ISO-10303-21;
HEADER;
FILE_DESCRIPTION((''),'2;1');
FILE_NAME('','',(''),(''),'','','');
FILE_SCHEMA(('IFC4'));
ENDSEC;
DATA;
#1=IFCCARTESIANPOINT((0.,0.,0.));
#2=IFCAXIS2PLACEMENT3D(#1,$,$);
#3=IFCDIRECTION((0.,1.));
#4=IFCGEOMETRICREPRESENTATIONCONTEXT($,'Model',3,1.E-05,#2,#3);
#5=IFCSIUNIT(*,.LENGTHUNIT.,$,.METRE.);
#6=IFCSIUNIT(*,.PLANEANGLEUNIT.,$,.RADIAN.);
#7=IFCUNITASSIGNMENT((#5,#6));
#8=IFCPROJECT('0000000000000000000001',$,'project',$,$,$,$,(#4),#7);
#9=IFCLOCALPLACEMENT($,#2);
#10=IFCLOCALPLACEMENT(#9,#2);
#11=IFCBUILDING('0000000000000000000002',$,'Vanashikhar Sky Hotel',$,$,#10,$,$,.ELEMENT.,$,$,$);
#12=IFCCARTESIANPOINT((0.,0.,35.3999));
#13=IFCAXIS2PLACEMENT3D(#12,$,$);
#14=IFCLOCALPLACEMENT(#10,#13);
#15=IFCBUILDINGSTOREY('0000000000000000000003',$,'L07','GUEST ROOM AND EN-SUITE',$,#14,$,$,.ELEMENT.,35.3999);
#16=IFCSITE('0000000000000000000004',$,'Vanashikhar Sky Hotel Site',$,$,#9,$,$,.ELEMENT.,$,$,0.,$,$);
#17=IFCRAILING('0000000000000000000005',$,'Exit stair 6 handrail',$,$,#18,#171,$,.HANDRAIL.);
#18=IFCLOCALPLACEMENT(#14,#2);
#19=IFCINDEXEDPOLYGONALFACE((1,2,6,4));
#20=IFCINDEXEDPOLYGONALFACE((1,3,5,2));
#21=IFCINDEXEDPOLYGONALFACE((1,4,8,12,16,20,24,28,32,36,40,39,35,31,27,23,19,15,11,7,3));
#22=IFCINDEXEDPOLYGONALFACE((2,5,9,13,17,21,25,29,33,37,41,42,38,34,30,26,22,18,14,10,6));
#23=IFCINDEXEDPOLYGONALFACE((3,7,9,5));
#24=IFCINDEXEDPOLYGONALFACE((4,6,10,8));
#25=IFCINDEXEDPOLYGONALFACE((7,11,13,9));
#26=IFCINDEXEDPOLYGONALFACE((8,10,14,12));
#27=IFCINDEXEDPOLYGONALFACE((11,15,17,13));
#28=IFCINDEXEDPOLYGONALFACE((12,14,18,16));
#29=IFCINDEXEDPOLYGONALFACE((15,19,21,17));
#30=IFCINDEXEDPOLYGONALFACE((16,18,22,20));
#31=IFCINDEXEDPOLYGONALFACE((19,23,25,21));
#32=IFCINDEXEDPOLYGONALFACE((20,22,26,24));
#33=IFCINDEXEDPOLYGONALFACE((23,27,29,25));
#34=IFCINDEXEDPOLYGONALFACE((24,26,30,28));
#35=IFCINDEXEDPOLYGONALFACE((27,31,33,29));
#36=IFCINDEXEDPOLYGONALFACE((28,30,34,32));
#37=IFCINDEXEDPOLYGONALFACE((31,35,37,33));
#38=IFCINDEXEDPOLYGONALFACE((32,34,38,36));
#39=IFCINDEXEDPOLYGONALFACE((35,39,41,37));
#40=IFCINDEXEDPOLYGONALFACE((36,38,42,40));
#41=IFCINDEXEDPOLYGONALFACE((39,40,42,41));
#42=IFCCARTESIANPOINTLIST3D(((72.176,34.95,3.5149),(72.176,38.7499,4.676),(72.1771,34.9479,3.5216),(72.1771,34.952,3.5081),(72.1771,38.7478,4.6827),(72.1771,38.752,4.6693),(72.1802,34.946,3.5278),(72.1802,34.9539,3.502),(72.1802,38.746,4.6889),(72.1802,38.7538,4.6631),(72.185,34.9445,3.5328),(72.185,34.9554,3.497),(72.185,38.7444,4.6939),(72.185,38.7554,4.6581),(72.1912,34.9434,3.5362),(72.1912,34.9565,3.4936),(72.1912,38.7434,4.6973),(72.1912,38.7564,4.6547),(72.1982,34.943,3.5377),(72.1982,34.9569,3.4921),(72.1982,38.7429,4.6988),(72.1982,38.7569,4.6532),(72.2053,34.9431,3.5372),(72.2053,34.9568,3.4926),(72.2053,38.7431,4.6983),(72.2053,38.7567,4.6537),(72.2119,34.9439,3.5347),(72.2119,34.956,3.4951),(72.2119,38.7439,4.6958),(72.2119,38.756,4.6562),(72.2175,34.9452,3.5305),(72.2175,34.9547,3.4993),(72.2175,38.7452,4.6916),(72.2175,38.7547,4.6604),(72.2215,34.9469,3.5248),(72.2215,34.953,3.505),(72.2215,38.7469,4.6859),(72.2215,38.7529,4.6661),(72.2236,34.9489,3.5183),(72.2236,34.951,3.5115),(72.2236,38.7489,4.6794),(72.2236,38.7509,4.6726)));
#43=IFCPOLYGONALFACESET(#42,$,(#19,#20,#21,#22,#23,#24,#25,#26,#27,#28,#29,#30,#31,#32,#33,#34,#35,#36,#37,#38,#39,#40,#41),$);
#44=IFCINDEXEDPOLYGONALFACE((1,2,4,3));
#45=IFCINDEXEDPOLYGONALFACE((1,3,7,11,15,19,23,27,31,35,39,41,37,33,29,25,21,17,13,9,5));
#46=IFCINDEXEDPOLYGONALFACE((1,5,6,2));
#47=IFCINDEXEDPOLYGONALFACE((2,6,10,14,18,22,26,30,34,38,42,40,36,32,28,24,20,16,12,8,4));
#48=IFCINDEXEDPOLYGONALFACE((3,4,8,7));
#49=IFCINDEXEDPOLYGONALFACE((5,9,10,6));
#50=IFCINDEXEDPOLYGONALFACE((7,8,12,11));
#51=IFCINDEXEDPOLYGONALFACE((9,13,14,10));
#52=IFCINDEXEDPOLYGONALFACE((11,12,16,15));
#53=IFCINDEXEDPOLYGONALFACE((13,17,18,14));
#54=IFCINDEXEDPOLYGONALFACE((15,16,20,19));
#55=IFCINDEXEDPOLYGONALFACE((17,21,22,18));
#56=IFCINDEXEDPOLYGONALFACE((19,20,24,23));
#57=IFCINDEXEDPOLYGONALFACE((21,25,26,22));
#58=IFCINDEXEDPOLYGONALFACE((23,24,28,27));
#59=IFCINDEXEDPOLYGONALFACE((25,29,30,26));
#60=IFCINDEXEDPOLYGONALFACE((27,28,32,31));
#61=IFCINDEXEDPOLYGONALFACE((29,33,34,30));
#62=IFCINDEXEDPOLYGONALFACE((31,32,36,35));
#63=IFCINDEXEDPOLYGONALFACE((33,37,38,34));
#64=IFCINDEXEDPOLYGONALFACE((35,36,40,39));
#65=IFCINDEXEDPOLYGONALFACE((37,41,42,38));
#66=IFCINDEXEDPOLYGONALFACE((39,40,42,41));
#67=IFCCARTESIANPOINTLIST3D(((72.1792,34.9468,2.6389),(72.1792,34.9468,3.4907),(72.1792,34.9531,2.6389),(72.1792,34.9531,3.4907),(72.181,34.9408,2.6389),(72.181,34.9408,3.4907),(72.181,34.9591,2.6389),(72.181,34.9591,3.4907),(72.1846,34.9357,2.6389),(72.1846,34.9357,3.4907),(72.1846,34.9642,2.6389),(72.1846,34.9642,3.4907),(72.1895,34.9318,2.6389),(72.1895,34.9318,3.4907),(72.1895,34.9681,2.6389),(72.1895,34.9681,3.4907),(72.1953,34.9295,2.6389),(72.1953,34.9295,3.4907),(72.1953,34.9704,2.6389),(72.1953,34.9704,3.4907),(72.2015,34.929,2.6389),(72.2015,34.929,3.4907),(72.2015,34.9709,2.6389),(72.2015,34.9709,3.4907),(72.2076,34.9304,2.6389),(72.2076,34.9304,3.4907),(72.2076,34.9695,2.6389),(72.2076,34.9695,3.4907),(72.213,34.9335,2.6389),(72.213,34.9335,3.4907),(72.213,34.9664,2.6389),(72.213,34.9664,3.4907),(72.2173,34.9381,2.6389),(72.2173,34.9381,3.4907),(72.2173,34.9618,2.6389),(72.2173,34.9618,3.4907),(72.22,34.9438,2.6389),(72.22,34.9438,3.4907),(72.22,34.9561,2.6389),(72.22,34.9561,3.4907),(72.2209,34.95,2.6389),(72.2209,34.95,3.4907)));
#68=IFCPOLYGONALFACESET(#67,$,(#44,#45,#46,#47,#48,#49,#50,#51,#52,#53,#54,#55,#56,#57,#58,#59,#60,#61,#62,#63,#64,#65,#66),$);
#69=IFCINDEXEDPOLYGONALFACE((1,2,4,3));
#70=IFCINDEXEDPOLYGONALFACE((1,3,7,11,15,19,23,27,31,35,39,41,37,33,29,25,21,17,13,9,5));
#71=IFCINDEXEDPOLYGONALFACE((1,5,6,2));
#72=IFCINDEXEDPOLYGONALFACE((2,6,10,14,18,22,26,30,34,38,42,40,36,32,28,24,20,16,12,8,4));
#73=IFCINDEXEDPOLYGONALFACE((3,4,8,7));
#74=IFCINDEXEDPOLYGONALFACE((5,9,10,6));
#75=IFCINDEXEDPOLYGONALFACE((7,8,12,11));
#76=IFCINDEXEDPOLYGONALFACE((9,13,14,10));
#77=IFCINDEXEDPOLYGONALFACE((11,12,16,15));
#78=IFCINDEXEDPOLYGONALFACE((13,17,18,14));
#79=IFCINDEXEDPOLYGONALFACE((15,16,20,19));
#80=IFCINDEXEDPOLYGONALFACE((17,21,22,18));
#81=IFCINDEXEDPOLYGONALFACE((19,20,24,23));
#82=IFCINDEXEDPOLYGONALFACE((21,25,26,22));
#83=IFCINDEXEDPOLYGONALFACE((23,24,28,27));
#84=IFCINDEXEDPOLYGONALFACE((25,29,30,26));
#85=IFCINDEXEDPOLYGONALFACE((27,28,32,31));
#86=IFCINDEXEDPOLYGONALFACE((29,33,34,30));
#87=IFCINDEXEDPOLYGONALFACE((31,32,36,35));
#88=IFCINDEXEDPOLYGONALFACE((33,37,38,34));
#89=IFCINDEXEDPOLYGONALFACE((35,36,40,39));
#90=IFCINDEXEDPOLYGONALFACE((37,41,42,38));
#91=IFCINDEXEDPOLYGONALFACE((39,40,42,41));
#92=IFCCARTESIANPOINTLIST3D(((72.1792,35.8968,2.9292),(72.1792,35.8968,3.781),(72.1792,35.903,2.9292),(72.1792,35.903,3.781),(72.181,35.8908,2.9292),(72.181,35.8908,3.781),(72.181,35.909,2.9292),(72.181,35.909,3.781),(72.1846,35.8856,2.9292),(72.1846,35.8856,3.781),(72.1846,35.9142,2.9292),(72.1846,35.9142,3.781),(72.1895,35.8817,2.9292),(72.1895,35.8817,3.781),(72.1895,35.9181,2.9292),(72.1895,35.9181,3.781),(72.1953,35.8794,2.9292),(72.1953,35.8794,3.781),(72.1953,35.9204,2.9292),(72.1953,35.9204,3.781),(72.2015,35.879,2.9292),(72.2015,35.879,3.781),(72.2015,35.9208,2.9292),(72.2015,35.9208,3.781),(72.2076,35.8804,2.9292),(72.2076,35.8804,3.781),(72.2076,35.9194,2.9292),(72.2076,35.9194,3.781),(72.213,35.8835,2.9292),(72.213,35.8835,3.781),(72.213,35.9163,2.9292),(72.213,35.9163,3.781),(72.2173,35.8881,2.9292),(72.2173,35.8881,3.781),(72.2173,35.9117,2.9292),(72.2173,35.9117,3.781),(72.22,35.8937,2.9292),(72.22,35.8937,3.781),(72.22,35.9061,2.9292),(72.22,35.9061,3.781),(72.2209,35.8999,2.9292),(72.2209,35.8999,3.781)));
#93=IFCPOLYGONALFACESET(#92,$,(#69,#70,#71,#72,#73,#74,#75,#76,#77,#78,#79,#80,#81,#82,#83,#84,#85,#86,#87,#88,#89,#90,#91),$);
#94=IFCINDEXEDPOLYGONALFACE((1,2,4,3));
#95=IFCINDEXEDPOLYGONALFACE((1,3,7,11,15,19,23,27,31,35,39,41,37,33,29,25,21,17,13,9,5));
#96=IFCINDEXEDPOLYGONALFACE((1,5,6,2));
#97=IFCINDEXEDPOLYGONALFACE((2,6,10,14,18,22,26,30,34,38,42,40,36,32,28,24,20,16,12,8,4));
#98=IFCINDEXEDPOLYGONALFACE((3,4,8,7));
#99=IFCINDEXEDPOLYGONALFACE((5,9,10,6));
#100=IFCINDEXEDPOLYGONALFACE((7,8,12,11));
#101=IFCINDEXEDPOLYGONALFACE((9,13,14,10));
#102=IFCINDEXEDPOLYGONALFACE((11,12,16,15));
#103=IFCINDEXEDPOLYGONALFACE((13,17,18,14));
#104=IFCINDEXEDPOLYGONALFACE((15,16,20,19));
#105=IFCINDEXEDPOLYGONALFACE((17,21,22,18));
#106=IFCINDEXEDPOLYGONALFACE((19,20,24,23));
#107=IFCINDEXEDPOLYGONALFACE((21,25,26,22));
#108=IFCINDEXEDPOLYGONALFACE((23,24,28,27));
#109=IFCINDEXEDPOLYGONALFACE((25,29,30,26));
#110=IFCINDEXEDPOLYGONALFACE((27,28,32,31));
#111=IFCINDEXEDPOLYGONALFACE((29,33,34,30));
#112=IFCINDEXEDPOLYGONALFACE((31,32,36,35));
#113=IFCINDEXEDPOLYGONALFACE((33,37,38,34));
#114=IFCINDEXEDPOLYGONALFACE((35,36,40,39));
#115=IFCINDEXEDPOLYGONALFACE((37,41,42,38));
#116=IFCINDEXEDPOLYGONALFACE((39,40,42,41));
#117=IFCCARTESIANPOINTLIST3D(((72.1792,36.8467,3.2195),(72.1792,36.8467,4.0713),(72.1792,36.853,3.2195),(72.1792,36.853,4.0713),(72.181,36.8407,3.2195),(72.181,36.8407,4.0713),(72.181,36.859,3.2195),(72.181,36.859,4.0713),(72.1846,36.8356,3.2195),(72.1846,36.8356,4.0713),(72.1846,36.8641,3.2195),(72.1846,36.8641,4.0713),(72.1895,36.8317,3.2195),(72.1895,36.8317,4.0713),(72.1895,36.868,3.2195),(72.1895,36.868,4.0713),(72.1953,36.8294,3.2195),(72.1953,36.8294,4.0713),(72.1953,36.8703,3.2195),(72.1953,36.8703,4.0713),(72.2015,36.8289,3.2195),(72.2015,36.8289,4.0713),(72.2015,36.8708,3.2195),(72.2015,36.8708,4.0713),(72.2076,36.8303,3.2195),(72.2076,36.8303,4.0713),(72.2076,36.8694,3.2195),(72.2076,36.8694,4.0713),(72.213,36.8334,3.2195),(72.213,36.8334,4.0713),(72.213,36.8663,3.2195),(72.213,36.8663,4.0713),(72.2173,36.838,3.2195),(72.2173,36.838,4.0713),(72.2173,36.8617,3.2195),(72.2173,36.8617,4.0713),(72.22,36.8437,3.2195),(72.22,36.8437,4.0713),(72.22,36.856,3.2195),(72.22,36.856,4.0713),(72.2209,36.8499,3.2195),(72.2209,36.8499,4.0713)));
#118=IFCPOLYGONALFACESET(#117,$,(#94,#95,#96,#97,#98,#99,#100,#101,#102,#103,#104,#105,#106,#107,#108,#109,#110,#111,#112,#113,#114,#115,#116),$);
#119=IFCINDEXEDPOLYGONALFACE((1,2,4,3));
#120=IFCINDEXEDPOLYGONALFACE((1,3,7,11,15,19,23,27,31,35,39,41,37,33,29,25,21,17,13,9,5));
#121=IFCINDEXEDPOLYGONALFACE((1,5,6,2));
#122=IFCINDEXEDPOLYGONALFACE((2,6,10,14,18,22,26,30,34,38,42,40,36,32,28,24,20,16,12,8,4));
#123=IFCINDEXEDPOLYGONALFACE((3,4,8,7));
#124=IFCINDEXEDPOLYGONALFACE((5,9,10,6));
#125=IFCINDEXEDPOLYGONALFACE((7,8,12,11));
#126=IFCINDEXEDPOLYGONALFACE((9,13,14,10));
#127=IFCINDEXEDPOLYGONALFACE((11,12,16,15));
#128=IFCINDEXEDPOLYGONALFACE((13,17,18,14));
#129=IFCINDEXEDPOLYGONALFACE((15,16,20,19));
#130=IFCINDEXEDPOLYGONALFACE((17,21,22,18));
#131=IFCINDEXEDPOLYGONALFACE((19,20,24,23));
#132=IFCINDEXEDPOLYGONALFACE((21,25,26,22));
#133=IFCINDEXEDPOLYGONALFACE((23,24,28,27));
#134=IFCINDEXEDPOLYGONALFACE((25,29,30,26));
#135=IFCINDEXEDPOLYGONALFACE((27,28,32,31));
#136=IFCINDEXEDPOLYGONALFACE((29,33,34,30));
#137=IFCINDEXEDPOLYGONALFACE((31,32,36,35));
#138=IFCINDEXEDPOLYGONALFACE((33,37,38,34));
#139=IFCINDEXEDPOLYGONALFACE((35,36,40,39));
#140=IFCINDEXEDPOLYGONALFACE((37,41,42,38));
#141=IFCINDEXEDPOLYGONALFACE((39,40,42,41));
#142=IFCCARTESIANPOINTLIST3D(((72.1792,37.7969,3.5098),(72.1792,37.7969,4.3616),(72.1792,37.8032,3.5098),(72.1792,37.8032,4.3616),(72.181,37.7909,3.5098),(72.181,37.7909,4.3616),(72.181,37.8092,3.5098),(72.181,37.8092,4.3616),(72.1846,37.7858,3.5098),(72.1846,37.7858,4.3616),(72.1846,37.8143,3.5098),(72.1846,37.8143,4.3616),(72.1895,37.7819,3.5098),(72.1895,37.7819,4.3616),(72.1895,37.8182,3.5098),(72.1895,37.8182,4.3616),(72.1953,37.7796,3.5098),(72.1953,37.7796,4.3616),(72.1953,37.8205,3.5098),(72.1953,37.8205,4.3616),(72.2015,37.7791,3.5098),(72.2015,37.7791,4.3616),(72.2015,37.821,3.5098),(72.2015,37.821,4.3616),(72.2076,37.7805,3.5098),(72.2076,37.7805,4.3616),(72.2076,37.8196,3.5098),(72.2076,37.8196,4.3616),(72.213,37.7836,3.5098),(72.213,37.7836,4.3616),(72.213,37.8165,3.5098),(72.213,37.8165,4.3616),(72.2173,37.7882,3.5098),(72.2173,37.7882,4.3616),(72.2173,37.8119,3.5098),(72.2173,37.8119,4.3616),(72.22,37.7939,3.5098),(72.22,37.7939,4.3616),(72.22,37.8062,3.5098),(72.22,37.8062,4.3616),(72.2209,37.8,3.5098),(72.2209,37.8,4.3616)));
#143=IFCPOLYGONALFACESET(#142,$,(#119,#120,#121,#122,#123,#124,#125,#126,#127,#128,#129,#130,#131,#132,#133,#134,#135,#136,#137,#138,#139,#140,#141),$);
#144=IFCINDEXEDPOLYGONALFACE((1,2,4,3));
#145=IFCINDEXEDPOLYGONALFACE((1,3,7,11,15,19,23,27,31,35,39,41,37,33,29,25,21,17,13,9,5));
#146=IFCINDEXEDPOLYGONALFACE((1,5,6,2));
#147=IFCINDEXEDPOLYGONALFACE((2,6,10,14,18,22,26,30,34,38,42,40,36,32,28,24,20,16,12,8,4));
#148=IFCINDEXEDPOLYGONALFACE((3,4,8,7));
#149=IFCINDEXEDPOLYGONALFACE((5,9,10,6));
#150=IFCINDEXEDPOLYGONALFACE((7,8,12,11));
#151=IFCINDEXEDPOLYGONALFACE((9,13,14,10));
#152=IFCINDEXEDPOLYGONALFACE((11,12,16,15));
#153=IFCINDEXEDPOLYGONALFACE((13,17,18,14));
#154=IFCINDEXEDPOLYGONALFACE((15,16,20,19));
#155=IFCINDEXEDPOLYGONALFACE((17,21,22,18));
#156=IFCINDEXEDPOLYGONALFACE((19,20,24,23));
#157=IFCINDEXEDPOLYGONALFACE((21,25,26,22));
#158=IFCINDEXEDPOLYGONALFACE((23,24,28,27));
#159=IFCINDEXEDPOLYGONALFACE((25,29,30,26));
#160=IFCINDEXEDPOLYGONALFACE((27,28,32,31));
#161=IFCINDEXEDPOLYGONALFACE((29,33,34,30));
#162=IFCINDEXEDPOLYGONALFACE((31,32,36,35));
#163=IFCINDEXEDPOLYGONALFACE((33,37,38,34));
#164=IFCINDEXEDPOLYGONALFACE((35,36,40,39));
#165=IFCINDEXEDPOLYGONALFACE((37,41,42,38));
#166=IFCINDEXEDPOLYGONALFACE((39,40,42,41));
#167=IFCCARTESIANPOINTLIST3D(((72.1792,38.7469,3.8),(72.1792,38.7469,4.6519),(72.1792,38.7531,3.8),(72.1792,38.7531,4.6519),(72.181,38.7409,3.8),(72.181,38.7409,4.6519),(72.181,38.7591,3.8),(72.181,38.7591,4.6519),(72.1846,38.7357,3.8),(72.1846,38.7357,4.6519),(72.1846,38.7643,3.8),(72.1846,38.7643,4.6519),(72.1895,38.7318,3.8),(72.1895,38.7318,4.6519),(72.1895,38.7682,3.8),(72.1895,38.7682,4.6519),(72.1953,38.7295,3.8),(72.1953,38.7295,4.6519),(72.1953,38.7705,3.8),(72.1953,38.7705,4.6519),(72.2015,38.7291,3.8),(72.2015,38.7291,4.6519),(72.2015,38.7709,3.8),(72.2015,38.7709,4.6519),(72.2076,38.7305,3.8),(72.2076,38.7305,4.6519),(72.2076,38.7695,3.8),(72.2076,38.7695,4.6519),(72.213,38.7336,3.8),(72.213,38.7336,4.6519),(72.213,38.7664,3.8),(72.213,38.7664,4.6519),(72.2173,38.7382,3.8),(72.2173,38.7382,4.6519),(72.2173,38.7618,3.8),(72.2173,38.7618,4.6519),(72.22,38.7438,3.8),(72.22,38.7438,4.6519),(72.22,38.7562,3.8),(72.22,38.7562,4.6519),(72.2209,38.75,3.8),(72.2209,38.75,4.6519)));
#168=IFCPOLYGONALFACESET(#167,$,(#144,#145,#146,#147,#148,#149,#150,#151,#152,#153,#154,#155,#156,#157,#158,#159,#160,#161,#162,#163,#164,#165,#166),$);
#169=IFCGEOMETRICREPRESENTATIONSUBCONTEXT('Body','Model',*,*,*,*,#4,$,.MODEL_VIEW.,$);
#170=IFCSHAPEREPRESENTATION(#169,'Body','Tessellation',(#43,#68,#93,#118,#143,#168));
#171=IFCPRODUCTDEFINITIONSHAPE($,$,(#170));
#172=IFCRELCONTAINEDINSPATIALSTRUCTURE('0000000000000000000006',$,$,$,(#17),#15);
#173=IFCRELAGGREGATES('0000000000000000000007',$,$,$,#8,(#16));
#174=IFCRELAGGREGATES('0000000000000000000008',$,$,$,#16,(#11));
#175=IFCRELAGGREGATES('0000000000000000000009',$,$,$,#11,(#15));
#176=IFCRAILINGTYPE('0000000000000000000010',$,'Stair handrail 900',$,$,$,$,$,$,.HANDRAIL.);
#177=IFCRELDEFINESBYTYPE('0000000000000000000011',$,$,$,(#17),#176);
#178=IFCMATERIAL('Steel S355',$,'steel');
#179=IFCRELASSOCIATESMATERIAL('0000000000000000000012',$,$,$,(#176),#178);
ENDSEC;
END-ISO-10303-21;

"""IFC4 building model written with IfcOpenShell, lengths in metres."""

from ifc_helpers import new_model, si_unit, direction, frame, origin, origin_2d, place, context, subcontext, project, spatial, circle, extrude, source, transform, mapped, material, type_object, element, save


model = new_model("IFC4")

# Units and contexts
model_context = context("Model", 3, precision=1e-05, world=origin(), true_north=direction((0.0, 1.0)))
body_context = subcontext(model_context, "Body", "Model", "MODEL_VIEW")
ifc_project = project(units=[si_unit("LENGTHUNIT", "METRE"), si_unit("PLANEANGLEUNIT", "RADIAN")], contexts=[model_context])

# Site, building, storey
site_placement = place(None, origin())
site = spatial("IfcSite", under=ifc_project, at=site_placement, Name="Vanashikhar Sky Hotel Site", CompositionType="ELEMENT", RefElevation=0.0)
building_placement = place(site_placement, origin())
building = spatial("IfcBuilding", under=site, at=building_placement, Name="Vanashikhar Sky Hotel", CompositionType="ELEMENT")
storey_placement = place(building_placement, frame((0.0, 0.0, 35.3999)))
storey = spatial("IfcBuildingStorey", under=building, at=storey_placement, Name="L07", Description="GUEST ROOM AND EN-SUITE", CompositionType="ELEMENT", Elevation=35.3999)

# Railing
ifc_material_1 = material(Name="Steel S355", Category="steel")
railing_type_1 = type_object("IfcRailingType", Name="Stair handrail 900", PredefinedType="HANDRAIL", material=ifc_material_1)
shared_shape_1 = source(origin(), body_context, "Body", "SweptSolid", [
    extrude(circle(Radius=0.0239, at=origin_2d()), frame((0.0, 0.0, 0.876), z_axis=(0.0, 0.956351, 0.29222), x_axis=(-1.0, 0.0, 0.0)), (0.0, 0.0, 1.0), 3.9734),
    extrude(circle(Radius=0.021, at=origin_2d()), origin(), (0.0, 0.0, 1.0), 0.8518),
    extrude(circle(Radius=0.021, at=origin_2d()), frame((0.0, 0.95, 0.2903)), (0.0, 0.0, 1.0), 0.8518),
    extrude(circle(Radius=0.021, at=origin_2d()), frame((0.0, 1.8999, 0.5806)), (0.0, 0.0, 1.0), 0.8518),
    extrude(circle(Radius=0.021, at=origin_2d()), frame((0.0, 2.8501, 0.8708)), (0.0, 0.0, 1.0), 0.8518),
    extrude(circle(Radius=0.021, at=origin_2d()), frame((0.0, 3.8, 1.1611)), (0.0, 0.0, 1.0), 0.8518),
])
for number, where, name in (
    (1, (72.2, 34.95, 2.6389), "Exit stair 6 handrail"),
):
    element("IfcRailing", number, at=place(storey_placement, frame(where)), inside=storey, type_object=railing_type_1, Name=name, PredefinedType="HANDRAIL", context=body_context, shape_type="MappedRepresentation", body=[
        mapped(shared_shape_1, transform((0.0, 0.0, 0.0), scale=1.0)),
    ])

save(model, "model.ifc")
